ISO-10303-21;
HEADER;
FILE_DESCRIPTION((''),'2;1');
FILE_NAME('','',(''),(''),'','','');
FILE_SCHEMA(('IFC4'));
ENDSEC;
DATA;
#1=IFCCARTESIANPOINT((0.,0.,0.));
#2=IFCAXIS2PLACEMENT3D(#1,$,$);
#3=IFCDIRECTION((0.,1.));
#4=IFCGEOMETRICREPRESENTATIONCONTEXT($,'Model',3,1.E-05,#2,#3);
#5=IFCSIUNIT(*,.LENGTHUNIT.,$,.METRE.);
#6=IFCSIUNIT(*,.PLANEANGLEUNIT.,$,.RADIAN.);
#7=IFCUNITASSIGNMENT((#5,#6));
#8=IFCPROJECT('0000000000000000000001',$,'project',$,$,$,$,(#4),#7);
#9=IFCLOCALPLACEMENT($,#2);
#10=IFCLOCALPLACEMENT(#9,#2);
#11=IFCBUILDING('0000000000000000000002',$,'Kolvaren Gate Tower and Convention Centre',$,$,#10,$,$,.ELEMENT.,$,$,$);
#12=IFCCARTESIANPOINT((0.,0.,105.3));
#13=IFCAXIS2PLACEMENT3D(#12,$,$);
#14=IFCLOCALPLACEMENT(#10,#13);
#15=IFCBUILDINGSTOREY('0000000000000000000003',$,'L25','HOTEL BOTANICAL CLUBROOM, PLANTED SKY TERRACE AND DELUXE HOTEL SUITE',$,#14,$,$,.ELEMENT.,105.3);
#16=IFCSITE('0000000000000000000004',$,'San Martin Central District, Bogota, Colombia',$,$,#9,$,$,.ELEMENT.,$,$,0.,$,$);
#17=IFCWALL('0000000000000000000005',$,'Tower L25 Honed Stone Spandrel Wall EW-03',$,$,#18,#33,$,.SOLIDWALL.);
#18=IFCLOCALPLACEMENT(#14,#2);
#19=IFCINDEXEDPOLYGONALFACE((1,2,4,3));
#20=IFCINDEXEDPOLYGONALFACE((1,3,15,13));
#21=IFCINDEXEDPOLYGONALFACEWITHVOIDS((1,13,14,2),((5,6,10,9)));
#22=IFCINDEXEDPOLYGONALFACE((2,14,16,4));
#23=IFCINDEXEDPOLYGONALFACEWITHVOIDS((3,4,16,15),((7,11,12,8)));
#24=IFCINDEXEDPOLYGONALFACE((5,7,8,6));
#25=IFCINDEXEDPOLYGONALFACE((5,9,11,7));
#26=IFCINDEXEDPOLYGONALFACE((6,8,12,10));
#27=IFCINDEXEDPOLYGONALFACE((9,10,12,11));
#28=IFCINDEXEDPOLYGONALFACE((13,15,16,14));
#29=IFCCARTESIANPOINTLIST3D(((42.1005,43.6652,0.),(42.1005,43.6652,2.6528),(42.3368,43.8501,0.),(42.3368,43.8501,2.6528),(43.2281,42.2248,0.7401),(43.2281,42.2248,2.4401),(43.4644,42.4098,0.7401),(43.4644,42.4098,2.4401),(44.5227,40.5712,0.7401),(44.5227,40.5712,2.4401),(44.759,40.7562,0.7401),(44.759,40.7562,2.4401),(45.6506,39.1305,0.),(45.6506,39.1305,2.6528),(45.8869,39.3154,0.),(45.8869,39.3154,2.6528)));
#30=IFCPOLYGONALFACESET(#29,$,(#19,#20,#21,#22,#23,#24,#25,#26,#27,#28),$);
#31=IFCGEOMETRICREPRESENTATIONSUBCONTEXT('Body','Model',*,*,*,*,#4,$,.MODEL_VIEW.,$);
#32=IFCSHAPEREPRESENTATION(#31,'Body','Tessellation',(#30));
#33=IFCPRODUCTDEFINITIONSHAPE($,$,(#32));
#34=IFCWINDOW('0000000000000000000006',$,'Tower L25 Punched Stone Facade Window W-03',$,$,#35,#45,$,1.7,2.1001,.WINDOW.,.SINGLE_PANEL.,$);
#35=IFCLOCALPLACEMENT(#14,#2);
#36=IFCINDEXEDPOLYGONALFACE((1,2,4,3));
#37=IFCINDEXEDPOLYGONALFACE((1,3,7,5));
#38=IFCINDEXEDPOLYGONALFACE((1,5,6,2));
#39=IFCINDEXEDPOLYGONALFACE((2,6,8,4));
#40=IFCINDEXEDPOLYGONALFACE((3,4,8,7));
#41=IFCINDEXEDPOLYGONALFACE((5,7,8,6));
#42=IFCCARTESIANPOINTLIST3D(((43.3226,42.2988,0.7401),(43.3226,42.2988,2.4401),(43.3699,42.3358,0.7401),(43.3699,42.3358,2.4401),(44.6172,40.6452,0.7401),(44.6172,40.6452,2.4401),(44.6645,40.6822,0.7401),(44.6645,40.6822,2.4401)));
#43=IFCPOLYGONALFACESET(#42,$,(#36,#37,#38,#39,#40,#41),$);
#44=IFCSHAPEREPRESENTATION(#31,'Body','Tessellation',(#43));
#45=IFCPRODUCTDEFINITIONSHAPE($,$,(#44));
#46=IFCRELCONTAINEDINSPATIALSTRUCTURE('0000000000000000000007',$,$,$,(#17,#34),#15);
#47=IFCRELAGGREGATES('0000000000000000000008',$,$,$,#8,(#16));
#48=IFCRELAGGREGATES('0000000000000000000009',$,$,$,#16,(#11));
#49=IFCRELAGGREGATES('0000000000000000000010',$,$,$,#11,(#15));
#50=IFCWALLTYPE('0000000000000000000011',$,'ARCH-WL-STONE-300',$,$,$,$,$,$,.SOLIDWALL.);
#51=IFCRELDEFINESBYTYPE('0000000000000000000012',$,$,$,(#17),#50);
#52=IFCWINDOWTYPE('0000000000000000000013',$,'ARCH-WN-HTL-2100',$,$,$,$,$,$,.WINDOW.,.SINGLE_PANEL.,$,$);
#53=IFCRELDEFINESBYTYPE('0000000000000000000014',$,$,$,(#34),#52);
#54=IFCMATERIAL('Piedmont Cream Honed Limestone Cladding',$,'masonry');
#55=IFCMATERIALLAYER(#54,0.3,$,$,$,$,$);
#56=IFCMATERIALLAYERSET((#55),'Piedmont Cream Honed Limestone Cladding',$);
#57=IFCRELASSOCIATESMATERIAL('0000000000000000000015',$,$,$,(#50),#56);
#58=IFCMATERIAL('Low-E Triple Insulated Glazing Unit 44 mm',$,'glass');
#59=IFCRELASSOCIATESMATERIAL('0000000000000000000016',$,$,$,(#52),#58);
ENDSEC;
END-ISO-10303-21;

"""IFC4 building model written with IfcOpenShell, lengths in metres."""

from ifc_helpers import new_model, si_unit, direction, frame, frame_2d, origin, place, context, subcontext, project, spatial, rectangle, extrude, material, layer, layer_set, type_object, element, fill, save


model = new_model("IFC4")

# Units and contexts
model_context = context("Model", 3, precision=1e-05, world=origin(), true_north=direction((0.0, 1.0)))
body_context = subcontext(model_context, "Body", "Model", "MODEL_VIEW")
ifc_project = project(units=[si_unit("LENGTHUNIT", "METRE"), si_unit("PLANEANGLEUNIT", "RADIAN")], contexts=[model_context])

# Site, building, storey
site_placement = place(None, origin())
site = spatial("IfcSite", under=ifc_project, at=site_placement, Name="San Martin Central District, Bogota, Colombia", CompositionType="ELEMENT", RefElevation=0.0)
building_placement = place(site_placement, origin())
building = spatial("IfcBuilding", under=site, at=building_placement, Name="Kolvaren Gate Tower and Convention Centre", CompositionType="ELEMENT")
storey_placement = place(building_placement, frame((0.0, 0.0, 105.3)))
storey = spatial("IfcBuildingStorey", under=building, at=storey_placement, Name="L25", Description="HOTEL BOTANICAL CLUBROOM, PLANTED SKY TERRACE AND DELUXE HOTEL SUITE", CompositionType="ELEMENT", Elevation=105.3)

# Shared definitions
ifc_material_1 = material(Name="Piedmont Cream Honed Limestone Cladding", Category="masonry")

# Shared definitions
ifc_layer_1 = layer(ifc_material_1, 0.3)
ifc_layer_set_1 = layer_set([ifc_layer_1], Name="Piedmont Cream Honed Limestone Cladding")
wall_type_1 = type_object("IfcWallType", Name="ARCH-WL-STONE-300", PredefinedType="SOLIDWALL", material=ifc_layer_set_1)
ifc_material_2 = material(Name="Low-E Triple Insulated Glazing Unit 44 mm", Category="glass")
window_type = type_object("IfcWindowType", Name="ARCH-WN-HTL-2100", PartitioningType="SINGLE_PANEL", PredefinedType="WINDOW", material=ifc_material_2)

# Wall, opening, window
wall_1_placement = place(storey_placement, frame((42.2188, 43.7576, 0.0), z_axis=(0.0, 0.0, 1.0), x_axis=(0.616435, -0.787406, 0.0)))
wall_1 = element("IfcWall", 1, at=wall_1_placement, inside=storey, type_object=wall_type_1, Name="Tower L25 Honed Stone Spandrel Wall EW-03", PredefinedType="SOLIDWALL", context=body_context, shape_type="SweptSolid", body=[
    extrude(rectangle(XDim=5.759, YDim=0.3, at=frame_2d((2.8794, 0.0))), origin(), (0.0, 0.0, 1.0), 2.6528),
])
opening_1_placement = place(wall_1_placement, frame((1.8291, 0.0, 0.74)))
opening_1 = element("IfcOpeningElement", 2, at=opening_1_placement, cuts=wall_1, PredefinedType="OPENING", context=body_context, shape_type="SweptSolid", body=[
    extrude(rectangle(XDim=2.1001, YDim=1.7, at=frame_2d((1.05, 0.8501))), frame((0.0, 0.1599, 0.0), z_axis=(0.0, -1.0, 0.0), x_axis=(1.0, 0.0, 0.0)), (0.0, 0.0, 1.0), 0.3201),
])
window_1_placement = place(opening_1_placement, origin())
window_1 = element("IfcWindow", 3, at=window_1_placement, inside=storey, type_object=window_type, Name="Tower L25 Punched Stone Facade Window W-03", OverallHeight=1.7, OverallWidth=2.1001, PartitioningType="SINGLE_PANEL", PredefinedType="WINDOW", context=body_context, shape_type="SweptSolid", body=[
    extrude(rectangle(XDim=2.1001, YDim=1.7, at=frame_2d((1.05, 0.8501))), frame((0.0, 0.03, 0.0), z_axis=(0.0, -1.0, 0.0), x_axis=(1.0, 0.0, 0.0)), (0.0, 0.0, 1.0), 0.0601),
])
fill(opening_1, window_1)

save(model, "model.ifc")
